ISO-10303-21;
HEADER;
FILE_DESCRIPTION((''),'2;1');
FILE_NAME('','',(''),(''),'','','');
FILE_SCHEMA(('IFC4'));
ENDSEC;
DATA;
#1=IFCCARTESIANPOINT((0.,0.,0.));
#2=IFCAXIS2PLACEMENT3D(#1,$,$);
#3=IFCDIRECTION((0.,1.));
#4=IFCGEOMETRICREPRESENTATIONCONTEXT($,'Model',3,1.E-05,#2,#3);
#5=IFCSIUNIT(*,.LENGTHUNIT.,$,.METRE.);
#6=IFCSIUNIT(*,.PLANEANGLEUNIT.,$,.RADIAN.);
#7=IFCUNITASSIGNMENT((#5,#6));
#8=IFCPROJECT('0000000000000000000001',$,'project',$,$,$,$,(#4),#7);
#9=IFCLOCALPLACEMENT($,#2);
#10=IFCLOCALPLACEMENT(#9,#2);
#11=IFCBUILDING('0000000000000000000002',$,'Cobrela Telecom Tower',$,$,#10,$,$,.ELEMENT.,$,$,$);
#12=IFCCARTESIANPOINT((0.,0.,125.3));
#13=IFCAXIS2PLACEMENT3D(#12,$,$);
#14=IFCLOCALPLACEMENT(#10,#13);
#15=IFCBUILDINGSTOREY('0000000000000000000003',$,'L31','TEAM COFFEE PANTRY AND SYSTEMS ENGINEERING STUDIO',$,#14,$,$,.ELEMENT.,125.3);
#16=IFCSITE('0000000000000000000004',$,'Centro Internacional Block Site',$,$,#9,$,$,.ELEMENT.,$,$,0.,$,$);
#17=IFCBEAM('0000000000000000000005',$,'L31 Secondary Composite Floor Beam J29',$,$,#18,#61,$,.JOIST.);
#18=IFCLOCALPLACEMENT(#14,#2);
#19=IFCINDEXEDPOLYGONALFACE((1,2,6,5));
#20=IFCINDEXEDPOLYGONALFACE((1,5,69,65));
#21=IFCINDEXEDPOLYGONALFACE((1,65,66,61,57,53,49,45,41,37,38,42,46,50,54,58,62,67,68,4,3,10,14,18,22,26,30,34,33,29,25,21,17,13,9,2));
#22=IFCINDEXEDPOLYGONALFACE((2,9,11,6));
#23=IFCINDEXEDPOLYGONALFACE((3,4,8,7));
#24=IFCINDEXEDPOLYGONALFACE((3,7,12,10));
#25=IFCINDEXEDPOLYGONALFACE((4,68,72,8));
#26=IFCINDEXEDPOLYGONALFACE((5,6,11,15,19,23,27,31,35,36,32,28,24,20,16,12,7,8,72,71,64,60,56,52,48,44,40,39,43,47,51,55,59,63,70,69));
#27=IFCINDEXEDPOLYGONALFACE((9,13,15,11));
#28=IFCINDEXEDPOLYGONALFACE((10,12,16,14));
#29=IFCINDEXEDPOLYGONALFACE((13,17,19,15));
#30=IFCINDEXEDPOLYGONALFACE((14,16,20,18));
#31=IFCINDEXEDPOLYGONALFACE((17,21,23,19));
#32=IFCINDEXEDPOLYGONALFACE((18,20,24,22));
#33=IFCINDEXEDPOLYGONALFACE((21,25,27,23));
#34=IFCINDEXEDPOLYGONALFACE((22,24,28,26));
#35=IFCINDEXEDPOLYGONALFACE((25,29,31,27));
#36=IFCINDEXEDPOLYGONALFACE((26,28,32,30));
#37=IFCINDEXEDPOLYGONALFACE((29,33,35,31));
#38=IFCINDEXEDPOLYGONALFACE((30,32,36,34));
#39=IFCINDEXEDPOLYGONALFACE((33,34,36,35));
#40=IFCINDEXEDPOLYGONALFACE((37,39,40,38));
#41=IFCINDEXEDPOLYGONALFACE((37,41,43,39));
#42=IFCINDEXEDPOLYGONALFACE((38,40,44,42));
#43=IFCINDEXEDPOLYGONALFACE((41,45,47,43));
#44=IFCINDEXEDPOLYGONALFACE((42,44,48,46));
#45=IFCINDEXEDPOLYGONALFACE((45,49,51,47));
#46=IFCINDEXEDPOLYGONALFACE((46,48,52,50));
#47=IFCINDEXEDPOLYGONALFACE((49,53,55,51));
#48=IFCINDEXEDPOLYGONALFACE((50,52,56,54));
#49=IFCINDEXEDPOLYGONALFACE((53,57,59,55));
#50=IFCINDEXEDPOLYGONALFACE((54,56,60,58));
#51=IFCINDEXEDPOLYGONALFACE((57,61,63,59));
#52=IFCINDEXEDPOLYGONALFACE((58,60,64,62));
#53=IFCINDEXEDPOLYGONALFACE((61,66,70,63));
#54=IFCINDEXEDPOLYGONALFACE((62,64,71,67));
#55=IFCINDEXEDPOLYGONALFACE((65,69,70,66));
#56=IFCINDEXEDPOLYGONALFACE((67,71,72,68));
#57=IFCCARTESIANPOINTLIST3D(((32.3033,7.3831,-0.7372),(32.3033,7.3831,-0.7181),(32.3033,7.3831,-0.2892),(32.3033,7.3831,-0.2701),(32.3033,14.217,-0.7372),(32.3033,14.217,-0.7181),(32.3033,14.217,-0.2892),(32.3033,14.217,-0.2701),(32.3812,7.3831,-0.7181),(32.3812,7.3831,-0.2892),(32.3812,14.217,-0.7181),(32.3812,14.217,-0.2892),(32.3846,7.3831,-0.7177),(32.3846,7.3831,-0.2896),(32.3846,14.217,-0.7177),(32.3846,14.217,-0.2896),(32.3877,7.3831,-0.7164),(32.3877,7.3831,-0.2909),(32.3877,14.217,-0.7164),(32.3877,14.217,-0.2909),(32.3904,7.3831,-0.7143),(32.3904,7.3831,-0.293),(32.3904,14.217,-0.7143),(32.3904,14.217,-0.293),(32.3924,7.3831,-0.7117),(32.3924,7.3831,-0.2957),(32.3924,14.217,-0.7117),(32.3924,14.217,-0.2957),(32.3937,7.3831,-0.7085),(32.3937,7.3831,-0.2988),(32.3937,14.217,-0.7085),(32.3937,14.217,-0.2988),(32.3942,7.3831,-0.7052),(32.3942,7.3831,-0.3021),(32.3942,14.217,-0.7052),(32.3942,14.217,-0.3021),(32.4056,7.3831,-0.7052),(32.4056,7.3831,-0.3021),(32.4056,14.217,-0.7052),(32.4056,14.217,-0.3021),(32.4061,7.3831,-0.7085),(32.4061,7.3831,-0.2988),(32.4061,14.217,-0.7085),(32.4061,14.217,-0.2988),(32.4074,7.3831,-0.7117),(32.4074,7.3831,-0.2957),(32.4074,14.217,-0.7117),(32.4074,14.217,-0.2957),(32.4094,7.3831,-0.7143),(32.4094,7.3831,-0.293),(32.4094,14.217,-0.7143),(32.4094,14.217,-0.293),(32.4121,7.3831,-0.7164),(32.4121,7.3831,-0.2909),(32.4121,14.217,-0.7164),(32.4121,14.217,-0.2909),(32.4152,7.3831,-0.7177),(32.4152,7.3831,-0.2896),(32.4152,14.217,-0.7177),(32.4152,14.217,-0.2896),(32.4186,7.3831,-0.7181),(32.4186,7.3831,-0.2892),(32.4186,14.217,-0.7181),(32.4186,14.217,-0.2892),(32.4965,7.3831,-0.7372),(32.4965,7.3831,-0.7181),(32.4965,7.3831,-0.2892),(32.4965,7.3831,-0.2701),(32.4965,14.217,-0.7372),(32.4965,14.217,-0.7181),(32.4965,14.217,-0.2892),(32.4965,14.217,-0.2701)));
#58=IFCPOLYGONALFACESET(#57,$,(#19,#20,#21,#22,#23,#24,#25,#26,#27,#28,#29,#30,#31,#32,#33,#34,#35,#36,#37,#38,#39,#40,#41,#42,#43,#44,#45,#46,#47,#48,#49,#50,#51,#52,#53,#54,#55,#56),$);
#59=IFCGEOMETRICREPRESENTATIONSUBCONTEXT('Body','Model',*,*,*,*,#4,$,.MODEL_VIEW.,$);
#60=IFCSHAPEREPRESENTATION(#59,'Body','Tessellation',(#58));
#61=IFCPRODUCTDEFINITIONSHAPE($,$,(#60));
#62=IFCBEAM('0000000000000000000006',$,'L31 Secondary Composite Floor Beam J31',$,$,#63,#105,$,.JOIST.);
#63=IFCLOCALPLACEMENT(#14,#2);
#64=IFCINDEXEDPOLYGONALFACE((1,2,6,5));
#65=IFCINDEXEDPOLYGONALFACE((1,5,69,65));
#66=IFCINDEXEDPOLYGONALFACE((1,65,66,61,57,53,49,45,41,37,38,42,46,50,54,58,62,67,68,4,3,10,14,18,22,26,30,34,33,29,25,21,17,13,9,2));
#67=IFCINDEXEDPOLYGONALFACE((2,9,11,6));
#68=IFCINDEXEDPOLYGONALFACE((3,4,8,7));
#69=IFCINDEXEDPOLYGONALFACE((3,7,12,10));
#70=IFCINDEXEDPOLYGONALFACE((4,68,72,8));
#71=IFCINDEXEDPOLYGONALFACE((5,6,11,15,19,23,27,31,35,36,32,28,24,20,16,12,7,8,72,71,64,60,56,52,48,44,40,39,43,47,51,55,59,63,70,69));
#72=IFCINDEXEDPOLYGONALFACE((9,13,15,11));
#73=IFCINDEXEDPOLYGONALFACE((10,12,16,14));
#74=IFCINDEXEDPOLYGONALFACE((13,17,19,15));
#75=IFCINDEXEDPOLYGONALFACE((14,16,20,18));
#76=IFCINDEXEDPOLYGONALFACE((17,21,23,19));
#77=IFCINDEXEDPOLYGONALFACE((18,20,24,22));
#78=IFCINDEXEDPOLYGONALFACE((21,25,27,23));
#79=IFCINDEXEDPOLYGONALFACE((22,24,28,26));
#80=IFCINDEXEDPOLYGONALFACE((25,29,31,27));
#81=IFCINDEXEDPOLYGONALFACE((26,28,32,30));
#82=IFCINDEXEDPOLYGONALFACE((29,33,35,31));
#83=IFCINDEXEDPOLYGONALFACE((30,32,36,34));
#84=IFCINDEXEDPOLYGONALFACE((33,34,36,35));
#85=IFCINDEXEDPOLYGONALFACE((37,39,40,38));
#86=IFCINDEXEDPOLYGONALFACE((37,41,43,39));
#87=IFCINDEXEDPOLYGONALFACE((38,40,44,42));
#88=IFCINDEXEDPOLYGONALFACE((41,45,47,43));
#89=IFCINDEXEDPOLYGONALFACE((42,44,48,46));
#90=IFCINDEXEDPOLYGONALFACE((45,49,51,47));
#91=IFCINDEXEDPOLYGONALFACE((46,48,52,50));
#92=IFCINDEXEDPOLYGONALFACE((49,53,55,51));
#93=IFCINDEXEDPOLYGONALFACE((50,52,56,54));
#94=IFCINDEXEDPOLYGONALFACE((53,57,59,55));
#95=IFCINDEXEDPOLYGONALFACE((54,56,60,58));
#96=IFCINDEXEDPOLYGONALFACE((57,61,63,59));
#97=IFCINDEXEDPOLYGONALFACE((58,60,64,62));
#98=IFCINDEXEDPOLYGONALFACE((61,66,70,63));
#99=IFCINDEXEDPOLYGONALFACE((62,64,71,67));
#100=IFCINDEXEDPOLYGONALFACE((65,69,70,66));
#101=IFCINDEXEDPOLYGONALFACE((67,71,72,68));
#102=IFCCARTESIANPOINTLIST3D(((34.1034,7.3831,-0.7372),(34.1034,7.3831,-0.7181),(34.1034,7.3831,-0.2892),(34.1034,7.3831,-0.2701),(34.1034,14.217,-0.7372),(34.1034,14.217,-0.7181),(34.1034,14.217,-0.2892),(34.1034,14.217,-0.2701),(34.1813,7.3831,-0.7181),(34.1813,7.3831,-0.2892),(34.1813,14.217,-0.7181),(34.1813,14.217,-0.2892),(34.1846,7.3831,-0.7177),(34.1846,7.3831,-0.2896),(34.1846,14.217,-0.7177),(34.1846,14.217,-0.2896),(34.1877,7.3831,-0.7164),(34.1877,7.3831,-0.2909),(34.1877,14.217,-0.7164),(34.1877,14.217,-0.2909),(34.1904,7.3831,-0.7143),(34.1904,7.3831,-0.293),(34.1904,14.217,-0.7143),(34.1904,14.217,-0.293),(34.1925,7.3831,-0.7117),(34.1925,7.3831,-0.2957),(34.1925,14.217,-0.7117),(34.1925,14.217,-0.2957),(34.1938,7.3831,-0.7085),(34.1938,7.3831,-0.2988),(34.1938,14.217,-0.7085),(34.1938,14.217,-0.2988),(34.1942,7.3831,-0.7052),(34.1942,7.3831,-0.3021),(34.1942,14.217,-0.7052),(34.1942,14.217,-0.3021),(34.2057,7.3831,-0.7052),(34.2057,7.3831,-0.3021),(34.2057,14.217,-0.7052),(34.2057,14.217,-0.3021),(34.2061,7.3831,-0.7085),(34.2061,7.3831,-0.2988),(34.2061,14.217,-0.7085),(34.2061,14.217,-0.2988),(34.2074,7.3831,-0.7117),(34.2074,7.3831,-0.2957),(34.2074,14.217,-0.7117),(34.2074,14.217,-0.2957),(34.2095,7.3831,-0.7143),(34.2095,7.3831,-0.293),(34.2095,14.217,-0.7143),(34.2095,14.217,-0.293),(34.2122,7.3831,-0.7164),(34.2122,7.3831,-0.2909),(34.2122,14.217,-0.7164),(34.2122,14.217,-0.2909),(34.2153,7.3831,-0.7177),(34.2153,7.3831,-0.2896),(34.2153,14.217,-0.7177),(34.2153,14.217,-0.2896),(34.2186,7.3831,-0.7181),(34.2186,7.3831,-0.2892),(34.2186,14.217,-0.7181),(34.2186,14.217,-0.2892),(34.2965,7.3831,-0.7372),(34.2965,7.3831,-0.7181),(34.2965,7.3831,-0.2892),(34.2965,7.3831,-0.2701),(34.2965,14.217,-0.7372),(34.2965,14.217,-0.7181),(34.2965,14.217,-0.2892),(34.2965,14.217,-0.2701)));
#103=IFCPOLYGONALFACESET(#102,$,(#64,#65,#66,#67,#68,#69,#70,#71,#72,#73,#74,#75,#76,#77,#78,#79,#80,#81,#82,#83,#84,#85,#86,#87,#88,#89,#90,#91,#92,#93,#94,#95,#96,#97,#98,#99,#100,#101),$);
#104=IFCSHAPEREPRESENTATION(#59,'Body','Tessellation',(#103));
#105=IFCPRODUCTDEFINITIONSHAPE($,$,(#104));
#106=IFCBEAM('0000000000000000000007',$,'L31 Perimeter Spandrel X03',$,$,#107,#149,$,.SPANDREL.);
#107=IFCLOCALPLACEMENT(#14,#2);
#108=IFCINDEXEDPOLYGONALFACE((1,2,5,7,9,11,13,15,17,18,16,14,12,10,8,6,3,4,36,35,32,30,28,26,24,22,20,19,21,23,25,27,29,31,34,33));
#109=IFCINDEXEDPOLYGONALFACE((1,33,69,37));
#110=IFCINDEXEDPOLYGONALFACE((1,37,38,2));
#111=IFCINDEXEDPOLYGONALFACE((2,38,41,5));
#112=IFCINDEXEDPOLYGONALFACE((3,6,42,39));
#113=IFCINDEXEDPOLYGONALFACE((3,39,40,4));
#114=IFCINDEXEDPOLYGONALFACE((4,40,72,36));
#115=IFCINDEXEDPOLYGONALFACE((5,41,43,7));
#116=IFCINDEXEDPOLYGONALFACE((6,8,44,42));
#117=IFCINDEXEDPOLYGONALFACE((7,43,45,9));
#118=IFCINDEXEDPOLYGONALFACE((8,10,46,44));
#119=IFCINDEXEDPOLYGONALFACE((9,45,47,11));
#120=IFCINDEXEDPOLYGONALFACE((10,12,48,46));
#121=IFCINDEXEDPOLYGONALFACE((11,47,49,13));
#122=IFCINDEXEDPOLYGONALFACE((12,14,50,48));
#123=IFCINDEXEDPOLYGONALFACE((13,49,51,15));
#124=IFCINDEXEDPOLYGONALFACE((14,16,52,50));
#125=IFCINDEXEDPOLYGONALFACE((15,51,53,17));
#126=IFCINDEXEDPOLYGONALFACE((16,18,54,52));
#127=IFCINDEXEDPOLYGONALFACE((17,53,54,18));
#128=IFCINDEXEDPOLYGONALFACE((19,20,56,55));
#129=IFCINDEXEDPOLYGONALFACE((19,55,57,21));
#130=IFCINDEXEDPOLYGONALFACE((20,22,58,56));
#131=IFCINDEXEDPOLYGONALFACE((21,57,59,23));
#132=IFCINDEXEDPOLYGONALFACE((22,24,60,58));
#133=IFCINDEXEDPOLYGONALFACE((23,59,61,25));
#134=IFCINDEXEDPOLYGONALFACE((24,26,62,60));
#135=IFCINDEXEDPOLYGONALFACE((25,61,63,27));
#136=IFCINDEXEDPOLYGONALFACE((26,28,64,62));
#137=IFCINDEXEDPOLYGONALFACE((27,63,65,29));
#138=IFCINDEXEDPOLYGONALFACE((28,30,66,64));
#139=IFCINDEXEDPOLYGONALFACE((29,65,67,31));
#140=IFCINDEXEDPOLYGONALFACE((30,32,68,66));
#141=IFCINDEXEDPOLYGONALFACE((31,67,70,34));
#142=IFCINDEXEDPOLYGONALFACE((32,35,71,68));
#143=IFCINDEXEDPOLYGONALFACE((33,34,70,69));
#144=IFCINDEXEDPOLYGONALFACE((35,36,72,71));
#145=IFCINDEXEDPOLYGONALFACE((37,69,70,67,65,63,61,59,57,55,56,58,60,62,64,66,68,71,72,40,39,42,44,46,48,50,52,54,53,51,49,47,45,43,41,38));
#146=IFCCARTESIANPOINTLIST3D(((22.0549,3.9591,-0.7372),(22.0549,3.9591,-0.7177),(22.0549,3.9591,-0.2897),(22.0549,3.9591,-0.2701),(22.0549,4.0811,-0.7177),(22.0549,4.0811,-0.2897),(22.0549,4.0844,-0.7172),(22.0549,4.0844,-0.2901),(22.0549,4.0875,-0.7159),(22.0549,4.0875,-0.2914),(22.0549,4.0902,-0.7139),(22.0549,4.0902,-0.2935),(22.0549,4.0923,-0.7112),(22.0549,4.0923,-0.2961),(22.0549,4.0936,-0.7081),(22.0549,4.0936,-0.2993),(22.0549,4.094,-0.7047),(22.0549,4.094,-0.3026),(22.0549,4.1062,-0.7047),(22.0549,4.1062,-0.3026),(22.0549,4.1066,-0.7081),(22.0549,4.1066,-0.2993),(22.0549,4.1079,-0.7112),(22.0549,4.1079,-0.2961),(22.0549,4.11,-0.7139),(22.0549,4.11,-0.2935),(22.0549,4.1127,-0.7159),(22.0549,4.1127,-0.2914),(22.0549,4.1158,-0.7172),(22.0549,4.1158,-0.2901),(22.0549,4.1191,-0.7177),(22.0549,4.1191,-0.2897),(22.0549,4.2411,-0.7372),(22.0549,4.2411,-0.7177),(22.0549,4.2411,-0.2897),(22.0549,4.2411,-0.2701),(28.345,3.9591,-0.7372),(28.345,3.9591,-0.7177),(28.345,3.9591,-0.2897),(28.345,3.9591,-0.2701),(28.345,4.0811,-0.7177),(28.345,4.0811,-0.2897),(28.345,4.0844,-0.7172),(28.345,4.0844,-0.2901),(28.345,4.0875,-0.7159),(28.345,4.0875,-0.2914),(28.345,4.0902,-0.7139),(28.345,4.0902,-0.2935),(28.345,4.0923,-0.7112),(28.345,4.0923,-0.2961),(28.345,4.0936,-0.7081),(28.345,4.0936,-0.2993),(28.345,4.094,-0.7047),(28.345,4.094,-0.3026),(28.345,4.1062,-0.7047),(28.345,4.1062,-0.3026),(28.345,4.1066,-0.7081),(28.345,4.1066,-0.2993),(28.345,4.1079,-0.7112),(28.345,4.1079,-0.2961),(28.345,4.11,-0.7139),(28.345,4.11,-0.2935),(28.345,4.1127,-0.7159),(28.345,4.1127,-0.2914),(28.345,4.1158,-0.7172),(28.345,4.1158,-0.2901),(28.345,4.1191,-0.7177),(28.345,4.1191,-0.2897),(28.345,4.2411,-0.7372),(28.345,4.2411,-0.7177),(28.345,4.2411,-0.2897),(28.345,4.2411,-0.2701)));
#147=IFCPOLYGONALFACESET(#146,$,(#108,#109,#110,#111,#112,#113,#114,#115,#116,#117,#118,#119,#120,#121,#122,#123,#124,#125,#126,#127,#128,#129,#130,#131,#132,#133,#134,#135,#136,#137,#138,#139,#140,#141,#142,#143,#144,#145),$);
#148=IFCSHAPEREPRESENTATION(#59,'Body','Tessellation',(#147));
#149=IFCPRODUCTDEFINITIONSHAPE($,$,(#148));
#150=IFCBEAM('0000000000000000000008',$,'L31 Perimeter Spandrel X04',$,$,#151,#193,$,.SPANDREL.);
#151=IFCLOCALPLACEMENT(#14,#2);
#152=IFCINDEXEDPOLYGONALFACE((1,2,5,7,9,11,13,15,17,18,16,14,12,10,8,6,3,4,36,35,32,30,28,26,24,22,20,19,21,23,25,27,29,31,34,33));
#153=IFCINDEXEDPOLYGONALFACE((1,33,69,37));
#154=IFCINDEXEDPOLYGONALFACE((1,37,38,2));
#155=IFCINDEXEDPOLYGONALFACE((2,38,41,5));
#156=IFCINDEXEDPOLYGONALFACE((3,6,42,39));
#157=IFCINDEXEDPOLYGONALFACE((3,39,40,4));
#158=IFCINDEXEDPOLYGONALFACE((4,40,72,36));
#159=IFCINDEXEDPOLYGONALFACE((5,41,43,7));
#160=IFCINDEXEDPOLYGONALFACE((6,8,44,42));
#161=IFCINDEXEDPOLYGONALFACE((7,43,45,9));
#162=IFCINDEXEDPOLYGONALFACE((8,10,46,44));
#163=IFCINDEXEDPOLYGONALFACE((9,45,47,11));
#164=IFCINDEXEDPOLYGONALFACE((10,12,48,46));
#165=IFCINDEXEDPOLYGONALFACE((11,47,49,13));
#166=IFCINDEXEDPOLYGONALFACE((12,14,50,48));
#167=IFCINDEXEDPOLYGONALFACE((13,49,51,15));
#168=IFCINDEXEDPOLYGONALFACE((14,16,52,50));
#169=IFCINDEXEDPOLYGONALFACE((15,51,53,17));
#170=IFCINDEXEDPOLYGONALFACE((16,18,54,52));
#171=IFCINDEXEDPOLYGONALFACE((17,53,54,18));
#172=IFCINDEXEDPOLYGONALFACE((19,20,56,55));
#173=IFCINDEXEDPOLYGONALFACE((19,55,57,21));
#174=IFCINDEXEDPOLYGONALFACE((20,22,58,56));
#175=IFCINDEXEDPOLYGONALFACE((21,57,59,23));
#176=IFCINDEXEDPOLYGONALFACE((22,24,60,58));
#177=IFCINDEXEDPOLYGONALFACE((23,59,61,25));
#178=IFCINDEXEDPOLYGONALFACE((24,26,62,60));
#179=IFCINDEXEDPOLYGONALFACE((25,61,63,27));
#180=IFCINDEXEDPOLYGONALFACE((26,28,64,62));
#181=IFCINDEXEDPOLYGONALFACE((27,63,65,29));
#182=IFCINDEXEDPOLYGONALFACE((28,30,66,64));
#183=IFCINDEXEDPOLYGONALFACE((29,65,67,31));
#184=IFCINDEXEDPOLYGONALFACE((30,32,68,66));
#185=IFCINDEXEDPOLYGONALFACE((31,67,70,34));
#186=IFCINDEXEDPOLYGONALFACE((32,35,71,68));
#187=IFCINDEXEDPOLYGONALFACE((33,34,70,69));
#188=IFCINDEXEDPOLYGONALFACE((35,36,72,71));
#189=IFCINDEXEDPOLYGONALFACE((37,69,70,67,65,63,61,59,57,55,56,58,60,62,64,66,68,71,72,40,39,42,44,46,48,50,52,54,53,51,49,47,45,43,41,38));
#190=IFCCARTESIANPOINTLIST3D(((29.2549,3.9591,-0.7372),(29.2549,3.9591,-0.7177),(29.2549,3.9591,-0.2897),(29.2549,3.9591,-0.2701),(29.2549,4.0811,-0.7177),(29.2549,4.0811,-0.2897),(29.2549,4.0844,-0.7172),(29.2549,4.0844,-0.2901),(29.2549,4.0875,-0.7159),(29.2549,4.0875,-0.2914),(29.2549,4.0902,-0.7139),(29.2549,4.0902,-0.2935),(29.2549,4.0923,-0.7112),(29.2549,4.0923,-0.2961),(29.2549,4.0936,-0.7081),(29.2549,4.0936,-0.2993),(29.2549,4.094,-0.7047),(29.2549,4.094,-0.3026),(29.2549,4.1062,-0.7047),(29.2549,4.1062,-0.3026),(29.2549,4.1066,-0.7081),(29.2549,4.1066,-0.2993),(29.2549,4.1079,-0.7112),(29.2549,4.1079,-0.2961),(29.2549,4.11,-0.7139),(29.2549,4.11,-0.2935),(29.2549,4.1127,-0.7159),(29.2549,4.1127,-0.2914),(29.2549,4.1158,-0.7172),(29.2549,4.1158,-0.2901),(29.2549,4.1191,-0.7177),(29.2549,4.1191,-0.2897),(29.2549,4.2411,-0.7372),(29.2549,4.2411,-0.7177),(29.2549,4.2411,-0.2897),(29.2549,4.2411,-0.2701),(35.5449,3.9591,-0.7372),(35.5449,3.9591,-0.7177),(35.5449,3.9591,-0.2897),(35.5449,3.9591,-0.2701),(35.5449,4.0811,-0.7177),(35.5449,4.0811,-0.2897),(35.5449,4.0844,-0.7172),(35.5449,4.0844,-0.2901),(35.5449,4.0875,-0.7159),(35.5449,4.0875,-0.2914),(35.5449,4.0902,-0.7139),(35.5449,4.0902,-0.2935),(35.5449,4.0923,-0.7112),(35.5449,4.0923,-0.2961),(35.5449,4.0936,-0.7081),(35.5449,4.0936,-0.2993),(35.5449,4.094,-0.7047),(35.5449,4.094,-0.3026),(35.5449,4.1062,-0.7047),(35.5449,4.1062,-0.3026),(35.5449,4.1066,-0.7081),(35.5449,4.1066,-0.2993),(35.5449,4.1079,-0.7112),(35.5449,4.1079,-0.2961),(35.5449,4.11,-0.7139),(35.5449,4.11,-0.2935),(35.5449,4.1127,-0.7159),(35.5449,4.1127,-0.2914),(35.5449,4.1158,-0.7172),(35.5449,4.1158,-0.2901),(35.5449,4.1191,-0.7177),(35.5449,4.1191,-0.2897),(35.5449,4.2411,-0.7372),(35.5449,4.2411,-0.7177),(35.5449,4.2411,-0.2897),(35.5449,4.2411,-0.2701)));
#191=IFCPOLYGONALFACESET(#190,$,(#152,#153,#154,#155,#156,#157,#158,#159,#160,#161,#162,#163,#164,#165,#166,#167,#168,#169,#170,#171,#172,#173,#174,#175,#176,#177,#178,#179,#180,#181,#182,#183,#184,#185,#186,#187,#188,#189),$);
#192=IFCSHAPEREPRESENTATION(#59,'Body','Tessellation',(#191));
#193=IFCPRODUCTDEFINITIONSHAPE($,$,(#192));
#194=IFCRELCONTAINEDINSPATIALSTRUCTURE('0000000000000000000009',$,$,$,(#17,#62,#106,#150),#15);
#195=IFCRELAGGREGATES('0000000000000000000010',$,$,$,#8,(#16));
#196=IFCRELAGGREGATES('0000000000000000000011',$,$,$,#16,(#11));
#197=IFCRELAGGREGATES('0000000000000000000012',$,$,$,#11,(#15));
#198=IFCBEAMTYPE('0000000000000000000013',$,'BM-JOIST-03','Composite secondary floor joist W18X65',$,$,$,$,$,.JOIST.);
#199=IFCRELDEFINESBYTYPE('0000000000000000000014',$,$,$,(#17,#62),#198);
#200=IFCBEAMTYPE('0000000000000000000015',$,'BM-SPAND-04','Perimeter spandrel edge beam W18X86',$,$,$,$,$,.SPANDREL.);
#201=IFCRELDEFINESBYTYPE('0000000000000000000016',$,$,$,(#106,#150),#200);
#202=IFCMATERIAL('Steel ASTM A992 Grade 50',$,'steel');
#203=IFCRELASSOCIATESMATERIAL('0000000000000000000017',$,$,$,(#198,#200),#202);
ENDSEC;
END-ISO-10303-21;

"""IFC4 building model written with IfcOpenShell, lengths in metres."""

from ifc_helpers import new_model, si_unit, direction, frame, origin, origin_2d, place, context, subcontext, project, spatial, i_section, extrude, material, material_profile, profile_set, type_object, element, save


model = new_model("IFC4")

# Units and contexts
model_context = context("Model", 3, precision=1e-05, world=origin(), true_north=direction((0.0, 1.0)))
body_context = subcontext(model_context, "Body", "Model", "MODEL_VIEW")
ifc_project = project(units=[si_unit("LENGTHUNIT", "METRE"), si_unit("PLANEANGLEUNIT", "RADIAN")], contexts=[model_context])

# Site, building, storey
site_placement = place(None, origin())
site = spatial("IfcSite", under=ifc_project, at=site_placement, Name="Centro Internacional Block Site", CompositionType="ELEMENT", RefElevation=0.0)
building_placement = place(site_placement, origin())
building = spatial("IfcBuilding", under=site, at=building_placement, Name="Cobrela Telecom Tower", CompositionType="ELEMENT")
storey_placement = place(building_placement, frame((0.0, 0.0, 125.3)))
storey = spatial("IfcBuildingStorey", under=building, at=storey_placement, Name="L31", Description="TEAM COFFEE PANTRY AND SYSTEMS ENGINEERING STUDIO", CompositionType="ELEMENT", Elevation=125.3)

# Shared definitions
ifc_material_1 = material(Name="Steel ASTM A992 Grade 50", Category="steel")

# Beams
ifc_material_profile_1 = material_profile(ifc_material_1, i_section(OverallWidth=0.1931, OverallDepth=0.467, WebThickness=0.0115, FlangeThickness=0.019, FilletRadius=0.0129, at=origin_2d()), Name="W18X65")
ifc_profile_set_1 = profile_set([ifc_material_profile_1], Name="Steel ASTM A992 Grade 50")
beam_type_1 = type_object("IfcBeamType", Name="BM-JOIST-03", Description="Composite secondary floor joist W18X65", PredefinedType="JOIST", material=ifc_profile_set_1)
for number, where, z_axis, x_axis, name in (
    (1, (32.3999, 7.3831, -0.5037), (0.0, 1.0, 0.0), (-1.0, 0.0, 0.0), "L31 Secondary Composite Floor Beam J29"),
    (2, (34.2, 7.3831, -0.5037), (0.0, 1.0, 0.0), (-1.0, 0.0, 0.0), "L31 Secondary Composite Floor Beam J31"),
):
    element("IfcBeam", number, at=place(storey_placement, frame(where, z_axis=z_axis, x_axis=x_axis)), inside=storey, type_object=beam_type_1, Name=name, PredefinedType="JOIST", context=body_context, shape_type="SweptSolid", body=[
        extrude(i_section(OverallWidth=0.1931, OverallDepth=0.467, WebThickness=0.0115, FlangeThickness=0.019, FilletRadius=0.0129, at=origin_2d()), origin(), (0.0, 0.0, 1.0), 6.834),
    ])
ifc_material_profile_2 = material_profile(ifc_material_1, i_section(OverallWidth=0.282, OverallDepth=0.467, WebThickness=0.0122, FlangeThickness=0.0195, FilletRadius=0.0129, at=origin_2d()), Name="W18X86")
ifc_profile_set_2 = profile_set([ifc_material_profile_2], Name="Steel ASTM A992 Grade 50")
beam_type_2 = type_object("IfcBeamType", Name="BM-SPAND-04", Description="Perimeter spandrel edge beam W18X86", PredefinedType="SPANDREL", material=ifc_profile_set_2)
for number, where, z_axis, x_axis, name in (
    (3, (22.0549, 4.1001, -0.5037), (1.0, 0.0, 0.0), (0.0, 1.0, 0.0), "L31 Perimeter Spandrel X03"),
    (4, (29.2549, 4.1001, -0.5037), (1.0, 0.0, 0.0), (0.0, 1.0, 0.0), "L31 Perimeter Spandrel X04"),
):
    element("IfcBeam", number, at=place(storey_placement, frame(where, z_axis=z_axis, x_axis=x_axis)), inside=storey, type_object=beam_type_2, Name=name, PredefinedType="SPANDREL", context=body_context, shape_type="SweptSolid", body=[
        extrude(i_section(OverallWidth=0.282, OverallDepth=0.467, WebThickness=0.0122, FlangeThickness=0.0195, FilletRadius=0.0129, at=origin_2d()), origin(), (0.0, 0.0, 1.0), 6.29),
    ])

save(model, "model.ifc")
